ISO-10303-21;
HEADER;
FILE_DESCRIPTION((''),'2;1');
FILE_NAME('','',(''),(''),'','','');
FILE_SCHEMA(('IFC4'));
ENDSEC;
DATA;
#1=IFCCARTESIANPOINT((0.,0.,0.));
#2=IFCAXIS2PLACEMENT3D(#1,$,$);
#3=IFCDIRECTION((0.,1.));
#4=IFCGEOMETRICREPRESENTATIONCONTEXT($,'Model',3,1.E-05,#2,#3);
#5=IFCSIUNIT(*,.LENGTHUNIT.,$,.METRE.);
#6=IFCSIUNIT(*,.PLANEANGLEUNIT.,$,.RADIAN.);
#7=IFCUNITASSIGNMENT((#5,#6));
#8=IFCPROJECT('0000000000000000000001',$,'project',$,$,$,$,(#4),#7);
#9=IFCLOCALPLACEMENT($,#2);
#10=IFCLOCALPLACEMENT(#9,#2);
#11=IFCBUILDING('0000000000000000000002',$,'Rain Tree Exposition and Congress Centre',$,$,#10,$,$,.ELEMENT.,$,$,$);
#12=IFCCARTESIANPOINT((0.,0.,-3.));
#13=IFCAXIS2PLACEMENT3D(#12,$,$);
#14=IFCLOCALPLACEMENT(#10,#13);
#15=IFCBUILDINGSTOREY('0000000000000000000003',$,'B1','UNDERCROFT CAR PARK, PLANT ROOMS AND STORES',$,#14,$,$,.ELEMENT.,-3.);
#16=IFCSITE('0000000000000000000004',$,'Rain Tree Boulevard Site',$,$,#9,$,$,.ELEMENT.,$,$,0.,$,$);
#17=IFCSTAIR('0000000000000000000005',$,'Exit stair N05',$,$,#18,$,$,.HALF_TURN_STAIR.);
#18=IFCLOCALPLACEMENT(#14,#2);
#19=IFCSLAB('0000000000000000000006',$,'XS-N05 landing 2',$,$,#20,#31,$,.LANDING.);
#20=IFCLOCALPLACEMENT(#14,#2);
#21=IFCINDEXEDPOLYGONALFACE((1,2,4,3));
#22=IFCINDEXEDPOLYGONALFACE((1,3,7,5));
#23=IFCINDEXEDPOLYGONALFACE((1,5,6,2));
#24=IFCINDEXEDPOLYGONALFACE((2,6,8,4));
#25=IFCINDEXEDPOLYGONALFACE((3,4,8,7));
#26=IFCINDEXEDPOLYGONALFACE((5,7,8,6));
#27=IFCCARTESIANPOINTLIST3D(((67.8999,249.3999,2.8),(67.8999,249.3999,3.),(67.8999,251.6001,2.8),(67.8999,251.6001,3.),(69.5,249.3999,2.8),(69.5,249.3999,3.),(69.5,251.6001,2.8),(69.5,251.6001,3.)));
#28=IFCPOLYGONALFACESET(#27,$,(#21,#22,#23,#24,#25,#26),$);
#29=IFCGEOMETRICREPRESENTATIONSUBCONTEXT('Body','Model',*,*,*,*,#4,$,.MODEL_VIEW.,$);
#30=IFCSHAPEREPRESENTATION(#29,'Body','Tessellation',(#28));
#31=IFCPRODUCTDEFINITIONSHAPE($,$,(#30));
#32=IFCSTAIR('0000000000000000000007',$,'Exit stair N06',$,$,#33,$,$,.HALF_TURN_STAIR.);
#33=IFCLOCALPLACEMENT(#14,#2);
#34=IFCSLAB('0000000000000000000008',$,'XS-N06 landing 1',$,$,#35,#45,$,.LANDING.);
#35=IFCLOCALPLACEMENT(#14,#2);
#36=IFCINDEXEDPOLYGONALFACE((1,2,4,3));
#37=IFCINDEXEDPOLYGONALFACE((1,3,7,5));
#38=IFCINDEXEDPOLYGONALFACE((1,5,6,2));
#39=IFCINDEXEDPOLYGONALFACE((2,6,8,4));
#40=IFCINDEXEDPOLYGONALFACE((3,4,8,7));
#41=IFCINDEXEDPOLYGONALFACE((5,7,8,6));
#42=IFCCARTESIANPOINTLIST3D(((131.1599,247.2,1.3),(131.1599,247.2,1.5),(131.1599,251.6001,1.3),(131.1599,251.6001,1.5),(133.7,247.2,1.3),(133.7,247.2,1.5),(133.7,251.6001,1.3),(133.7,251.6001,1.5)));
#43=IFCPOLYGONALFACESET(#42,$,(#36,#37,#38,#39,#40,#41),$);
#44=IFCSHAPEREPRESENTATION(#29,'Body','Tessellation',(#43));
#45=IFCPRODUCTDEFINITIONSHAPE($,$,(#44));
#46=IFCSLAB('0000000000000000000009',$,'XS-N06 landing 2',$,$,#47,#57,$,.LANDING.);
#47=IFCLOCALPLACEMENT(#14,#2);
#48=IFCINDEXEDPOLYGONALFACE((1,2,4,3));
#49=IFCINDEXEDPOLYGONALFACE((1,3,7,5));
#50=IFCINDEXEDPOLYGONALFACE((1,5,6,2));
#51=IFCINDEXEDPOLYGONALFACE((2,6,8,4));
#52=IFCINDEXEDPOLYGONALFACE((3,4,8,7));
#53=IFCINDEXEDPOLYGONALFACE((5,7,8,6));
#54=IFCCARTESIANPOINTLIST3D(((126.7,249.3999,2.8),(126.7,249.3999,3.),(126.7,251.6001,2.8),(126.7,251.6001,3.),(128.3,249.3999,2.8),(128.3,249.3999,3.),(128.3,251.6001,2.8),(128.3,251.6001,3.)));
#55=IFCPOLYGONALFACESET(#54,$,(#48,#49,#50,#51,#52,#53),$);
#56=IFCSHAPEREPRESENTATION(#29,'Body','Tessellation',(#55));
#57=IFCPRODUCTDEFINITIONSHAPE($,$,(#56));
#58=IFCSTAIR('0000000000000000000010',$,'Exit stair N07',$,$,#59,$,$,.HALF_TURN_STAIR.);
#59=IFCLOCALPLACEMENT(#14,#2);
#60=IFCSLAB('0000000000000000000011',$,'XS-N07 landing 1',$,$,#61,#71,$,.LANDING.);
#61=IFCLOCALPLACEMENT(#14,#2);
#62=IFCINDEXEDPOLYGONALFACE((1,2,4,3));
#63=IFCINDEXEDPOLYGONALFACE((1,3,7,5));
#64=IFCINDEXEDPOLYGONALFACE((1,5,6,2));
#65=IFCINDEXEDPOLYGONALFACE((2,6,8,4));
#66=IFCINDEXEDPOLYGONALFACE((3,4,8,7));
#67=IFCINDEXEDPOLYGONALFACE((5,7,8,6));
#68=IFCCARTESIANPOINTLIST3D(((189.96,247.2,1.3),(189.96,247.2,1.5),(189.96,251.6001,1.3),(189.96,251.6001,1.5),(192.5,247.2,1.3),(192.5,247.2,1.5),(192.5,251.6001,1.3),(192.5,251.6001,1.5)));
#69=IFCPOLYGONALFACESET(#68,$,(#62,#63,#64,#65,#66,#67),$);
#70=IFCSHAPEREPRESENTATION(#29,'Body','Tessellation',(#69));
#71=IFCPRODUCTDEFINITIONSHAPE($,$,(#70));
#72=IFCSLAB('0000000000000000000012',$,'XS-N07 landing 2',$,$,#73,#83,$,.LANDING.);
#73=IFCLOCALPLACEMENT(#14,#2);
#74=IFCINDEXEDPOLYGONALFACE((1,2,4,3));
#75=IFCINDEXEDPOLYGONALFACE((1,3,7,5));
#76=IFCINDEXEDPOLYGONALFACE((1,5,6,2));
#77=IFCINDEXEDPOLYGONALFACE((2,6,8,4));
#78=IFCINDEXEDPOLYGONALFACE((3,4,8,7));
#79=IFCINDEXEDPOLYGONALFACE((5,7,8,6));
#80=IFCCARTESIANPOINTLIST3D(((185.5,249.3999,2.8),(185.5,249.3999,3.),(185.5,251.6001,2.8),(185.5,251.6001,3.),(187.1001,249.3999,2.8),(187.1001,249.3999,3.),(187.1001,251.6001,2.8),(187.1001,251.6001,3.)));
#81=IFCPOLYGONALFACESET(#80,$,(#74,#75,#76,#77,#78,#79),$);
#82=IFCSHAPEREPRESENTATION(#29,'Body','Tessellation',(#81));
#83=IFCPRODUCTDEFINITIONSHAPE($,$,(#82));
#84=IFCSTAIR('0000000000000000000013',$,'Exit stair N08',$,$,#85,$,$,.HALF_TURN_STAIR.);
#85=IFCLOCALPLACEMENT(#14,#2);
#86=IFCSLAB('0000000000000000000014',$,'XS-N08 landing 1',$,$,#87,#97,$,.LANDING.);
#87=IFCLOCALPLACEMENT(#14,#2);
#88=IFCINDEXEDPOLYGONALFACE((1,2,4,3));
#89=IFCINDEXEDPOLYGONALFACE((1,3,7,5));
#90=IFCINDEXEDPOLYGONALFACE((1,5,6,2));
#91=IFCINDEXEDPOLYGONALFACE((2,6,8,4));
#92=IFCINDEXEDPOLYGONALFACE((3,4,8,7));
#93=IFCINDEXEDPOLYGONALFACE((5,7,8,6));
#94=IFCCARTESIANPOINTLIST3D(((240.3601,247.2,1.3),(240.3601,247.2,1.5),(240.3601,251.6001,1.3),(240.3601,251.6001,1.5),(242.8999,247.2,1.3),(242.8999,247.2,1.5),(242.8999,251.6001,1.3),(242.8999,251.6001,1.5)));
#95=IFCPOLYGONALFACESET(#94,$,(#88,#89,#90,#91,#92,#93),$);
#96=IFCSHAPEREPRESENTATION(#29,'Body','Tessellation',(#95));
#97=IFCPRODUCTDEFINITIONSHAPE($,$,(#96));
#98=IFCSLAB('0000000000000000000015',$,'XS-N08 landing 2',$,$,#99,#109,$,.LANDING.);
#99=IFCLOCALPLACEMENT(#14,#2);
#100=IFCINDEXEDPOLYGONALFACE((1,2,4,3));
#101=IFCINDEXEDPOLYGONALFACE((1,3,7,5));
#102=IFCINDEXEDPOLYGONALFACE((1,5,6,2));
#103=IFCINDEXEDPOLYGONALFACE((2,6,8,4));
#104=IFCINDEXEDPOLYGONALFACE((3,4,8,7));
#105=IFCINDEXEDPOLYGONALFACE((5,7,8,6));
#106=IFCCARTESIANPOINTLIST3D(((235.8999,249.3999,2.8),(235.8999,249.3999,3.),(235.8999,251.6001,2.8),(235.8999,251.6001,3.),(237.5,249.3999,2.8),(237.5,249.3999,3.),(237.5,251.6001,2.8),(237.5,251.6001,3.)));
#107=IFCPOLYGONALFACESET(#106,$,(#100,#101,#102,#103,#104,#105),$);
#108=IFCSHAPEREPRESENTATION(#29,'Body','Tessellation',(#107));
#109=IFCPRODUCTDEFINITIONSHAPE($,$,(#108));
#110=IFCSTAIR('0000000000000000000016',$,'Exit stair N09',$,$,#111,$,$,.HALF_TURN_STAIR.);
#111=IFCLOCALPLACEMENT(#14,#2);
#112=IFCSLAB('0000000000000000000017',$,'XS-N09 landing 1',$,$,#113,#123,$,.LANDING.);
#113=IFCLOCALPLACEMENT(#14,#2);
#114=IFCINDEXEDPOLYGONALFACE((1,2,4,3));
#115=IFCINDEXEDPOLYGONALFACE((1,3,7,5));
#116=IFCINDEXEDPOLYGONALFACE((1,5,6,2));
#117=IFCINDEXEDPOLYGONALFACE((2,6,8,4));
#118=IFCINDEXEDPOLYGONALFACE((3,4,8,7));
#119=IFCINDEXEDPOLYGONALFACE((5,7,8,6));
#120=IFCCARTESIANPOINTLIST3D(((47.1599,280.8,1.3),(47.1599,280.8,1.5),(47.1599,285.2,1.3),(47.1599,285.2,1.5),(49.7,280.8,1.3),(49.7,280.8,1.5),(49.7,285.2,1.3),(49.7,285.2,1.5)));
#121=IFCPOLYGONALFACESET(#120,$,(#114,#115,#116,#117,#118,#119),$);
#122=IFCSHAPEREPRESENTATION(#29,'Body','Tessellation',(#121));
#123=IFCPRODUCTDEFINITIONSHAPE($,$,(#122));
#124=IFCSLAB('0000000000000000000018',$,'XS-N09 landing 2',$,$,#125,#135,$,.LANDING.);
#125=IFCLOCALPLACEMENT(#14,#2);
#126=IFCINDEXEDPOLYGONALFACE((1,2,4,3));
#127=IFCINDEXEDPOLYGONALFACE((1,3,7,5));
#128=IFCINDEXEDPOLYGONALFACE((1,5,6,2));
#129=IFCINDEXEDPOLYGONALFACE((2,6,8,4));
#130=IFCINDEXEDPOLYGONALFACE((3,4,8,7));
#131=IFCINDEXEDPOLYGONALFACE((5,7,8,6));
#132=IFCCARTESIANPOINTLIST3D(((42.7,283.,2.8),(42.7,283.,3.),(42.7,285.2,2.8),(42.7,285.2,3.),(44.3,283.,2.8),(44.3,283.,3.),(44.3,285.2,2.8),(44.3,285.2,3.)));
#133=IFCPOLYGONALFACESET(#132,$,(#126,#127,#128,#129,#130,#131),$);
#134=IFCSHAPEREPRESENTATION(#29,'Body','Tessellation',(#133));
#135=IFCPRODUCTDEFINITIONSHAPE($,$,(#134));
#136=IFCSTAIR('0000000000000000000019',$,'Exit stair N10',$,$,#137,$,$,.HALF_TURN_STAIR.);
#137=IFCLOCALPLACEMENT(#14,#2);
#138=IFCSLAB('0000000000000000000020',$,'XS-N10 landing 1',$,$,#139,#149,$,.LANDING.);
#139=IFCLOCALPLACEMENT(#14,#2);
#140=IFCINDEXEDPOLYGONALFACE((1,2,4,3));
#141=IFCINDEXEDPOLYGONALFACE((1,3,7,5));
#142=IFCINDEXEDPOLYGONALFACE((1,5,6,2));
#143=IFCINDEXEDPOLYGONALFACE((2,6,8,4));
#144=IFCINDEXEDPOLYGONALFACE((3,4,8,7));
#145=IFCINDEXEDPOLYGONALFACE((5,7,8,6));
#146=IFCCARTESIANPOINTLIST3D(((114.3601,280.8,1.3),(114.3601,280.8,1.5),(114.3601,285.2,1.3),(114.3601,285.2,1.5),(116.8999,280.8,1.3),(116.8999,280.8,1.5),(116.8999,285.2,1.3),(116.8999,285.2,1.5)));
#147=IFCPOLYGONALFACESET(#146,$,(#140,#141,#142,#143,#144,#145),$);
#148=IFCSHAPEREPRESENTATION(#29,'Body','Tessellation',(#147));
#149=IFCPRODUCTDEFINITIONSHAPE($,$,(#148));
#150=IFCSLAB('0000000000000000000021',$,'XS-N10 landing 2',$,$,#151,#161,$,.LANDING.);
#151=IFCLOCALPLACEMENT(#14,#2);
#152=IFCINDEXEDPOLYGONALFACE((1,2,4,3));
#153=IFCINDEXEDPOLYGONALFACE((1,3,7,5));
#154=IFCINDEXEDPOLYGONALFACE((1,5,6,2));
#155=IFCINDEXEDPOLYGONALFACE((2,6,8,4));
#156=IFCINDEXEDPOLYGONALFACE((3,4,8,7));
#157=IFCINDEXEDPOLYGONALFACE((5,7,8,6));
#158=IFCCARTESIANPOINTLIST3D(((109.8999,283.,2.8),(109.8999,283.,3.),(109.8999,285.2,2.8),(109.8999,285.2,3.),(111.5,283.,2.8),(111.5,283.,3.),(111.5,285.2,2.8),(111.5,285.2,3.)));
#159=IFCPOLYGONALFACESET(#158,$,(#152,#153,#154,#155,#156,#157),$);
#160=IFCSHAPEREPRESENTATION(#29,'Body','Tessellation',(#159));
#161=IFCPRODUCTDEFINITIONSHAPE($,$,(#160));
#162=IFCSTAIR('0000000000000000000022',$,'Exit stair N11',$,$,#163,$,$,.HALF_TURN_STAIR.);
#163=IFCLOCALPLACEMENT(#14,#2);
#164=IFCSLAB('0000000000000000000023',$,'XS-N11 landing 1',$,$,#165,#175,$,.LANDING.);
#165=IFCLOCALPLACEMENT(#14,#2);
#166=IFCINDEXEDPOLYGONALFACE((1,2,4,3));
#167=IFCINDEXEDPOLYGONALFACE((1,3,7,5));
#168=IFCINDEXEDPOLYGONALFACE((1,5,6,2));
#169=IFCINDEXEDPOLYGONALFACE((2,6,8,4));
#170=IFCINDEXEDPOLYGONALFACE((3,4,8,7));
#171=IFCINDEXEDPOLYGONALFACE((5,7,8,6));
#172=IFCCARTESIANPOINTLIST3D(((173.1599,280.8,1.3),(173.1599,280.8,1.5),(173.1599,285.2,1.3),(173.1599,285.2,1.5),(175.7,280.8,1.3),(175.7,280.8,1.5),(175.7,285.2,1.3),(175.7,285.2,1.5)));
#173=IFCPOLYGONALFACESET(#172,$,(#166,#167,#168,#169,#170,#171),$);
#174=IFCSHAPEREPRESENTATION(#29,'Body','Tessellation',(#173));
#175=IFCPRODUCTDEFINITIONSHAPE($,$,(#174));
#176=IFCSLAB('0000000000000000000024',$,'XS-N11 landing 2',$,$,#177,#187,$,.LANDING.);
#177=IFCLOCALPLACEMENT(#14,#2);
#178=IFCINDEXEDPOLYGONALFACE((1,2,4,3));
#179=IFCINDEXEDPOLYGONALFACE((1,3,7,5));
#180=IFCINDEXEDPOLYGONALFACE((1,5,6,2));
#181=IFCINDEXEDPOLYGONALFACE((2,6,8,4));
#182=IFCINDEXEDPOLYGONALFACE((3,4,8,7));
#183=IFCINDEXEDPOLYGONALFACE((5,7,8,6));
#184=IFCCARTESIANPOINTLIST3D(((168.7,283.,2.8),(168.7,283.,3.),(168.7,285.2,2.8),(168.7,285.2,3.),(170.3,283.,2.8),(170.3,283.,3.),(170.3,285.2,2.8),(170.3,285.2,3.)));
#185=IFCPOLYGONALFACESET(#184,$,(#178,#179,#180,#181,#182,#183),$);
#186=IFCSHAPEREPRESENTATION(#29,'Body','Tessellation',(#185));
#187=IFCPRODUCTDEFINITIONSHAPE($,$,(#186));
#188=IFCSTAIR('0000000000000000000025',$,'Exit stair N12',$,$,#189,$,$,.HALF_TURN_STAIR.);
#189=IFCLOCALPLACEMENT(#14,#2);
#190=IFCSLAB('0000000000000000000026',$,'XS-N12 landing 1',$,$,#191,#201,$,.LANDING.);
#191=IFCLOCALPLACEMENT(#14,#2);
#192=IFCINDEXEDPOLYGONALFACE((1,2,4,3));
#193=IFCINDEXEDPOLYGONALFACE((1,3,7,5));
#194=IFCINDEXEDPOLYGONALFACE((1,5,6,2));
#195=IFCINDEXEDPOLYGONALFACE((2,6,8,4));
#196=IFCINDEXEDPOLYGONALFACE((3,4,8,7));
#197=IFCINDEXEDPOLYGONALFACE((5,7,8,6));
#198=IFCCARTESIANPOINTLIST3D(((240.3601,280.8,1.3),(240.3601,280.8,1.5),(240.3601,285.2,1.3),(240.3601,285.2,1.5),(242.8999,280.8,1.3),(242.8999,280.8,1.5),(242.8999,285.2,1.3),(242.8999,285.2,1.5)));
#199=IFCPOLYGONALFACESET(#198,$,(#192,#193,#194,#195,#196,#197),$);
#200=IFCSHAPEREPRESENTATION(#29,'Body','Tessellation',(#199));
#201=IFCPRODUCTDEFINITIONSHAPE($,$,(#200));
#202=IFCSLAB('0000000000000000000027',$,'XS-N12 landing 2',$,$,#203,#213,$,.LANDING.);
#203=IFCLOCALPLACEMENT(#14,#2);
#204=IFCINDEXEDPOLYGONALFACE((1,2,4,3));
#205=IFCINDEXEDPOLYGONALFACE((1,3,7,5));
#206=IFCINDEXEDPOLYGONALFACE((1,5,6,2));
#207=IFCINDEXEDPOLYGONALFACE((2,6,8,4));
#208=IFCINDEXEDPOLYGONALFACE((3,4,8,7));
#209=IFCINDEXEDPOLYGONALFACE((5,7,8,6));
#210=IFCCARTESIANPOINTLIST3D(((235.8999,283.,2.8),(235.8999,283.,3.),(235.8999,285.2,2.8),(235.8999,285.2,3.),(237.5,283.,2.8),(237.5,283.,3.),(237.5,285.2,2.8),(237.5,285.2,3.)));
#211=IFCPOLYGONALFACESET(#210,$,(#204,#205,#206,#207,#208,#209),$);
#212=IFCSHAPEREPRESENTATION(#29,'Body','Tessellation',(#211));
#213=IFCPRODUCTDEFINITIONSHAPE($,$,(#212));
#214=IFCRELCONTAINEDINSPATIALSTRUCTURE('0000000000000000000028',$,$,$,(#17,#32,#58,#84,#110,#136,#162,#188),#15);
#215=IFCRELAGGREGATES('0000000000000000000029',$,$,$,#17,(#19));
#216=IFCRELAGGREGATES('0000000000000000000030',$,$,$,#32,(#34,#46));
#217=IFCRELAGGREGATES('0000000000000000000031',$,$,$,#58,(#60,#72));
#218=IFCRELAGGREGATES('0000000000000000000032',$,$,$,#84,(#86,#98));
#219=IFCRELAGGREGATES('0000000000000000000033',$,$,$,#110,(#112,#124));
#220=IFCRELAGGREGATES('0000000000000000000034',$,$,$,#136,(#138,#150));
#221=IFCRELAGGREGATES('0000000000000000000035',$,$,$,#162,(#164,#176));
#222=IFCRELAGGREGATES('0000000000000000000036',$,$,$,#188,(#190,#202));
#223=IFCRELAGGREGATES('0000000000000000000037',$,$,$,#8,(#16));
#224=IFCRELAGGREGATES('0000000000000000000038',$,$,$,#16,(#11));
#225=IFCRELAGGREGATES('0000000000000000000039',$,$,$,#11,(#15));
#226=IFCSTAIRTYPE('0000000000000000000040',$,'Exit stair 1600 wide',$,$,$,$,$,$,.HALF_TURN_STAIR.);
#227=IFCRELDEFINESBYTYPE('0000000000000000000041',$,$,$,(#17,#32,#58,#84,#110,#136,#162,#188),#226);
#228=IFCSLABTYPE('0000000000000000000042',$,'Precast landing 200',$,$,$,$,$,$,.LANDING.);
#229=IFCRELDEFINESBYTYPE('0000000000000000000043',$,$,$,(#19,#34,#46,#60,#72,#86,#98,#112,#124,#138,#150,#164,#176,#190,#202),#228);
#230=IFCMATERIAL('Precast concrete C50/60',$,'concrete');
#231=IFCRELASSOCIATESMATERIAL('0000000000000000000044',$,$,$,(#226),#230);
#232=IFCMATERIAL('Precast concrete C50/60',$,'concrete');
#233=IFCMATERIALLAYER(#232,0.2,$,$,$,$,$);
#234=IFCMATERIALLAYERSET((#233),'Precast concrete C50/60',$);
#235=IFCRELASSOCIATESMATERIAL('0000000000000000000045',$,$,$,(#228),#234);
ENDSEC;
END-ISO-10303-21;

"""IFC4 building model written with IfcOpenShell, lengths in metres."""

from ifc_helpers import new_model, si_unit, direction, frame, origin, place, context, subcontext, project, spatial, polyline, outline, extrude, material, layer, layer_set, type_object, element, aggregate, save


model = new_model("IFC4")

# Units and contexts
model_context = context("Model", 3, precision=1e-05, world=origin(), true_north=direction((0.0, 1.0)))
body_context = subcontext(model_context, "Body", "Model", "MODEL_VIEW")
ifc_project = project(units=[si_unit("LENGTHUNIT", "METRE"), si_unit("PLANEANGLEUNIT", "RADIAN")], contexts=[model_context])

# Site, building, storey
site_placement = place(None, origin())
site = spatial("IfcSite", under=ifc_project, at=site_placement, Name="Rain Tree Boulevard Site", CompositionType="ELEMENT", RefElevation=0.0)
building_placement = place(site_placement, origin())
building = spatial("IfcBuilding", under=site, at=building_placement, Name="Rain Tree Exposition and Congress Centre", CompositionType="ELEMENT")
storey_placement = place(building_placement, frame((0.0, 0.0, -3.0)))
storey = spatial("IfcBuildingStorey", under=building, at=storey_placement, Name="B1", Description="UNDERCROFT CAR PARK, PLANT ROOMS AND STORES", CompositionType="ELEMENT", Elevation=-3.0)

# Shared definitions
ifc_material_1 = material(Name="Precast concrete C50/60", Category="concrete")
stair_type = type_object("IfcStairType", Name="Exit stair 1600 wide", PredefinedType="HALF_TURN_STAIR", material=ifc_material_1)
ifc_material_2 = material(Name="Precast concrete C50/60", Category="concrete")
ifc_layer_1 = layer(ifc_material_2, 0.2)
ifc_layer_set_1 = layer_set([ifc_layer_1], Name="Precast concrete C50/60")
slab_type_1 = type_object("IfcSlabType", Name="Precast landing 200", PredefinedType="LANDING", material=ifc_layer_set_1)

# Stairs, slabs
stair_1_placement = place(storey_placement, origin())
stair_1 = element("IfcStair", 1, at=stair_1_placement, inside=storey, type_object=stair_type, Name="Exit stair N05", PredefinedType="HALF_TURN_STAIR")
slab_1_placement = place(storey_placement, frame((0.0, 0.0, 2.8)))
slab_1 = element("IfcSlab", 2, at=slab_1_placement, type_object=slab_type_1, Name="XS-N05 landing 2", PredefinedType="LANDING", context=body_context, shape_type="SweptSolid", body=[
    extrude(outline(polyline([(67.8999, 249.3999), (69.5, 249.3999), (69.5, 251.6001), (67.8999, 251.6001), (67.8999, 249.3999)])), origin(), (0.0, 0.0, 1.0), 0.2),
])
aggregate(stair_1, [slab_1])
stair_2_placement = place(storey_placement, origin())
stair_2 = element("IfcStair", 3, at=stair_2_placement, inside=storey, type_object=stair_type, Name="Exit stair N06", PredefinedType="HALF_TURN_STAIR")
slab_2_placement = place(storey_placement, frame((0.0, 0.0, 1.3)))
slab_2 = element("IfcSlab", 4, at=slab_2_placement, type_object=slab_type_1, Name="XS-N06 landing 1", PredefinedType="LANDING", context=body_context, shape_type="SweptSolid", body=[
    extrude(outline(polyline([(131.1599, 247.2), (133.7, 247.2), (133.7, 251.6001), (131.1599, 251.6001), (131.1599, 247.2)])), origin(), (0.0, 0.0, 1.0), 0.2),
])
slab_3_placement = place(storey_placement, frame((0.0, 0.0, 2.8)))
slab_3 = element("IfcSlab", 5, at=slab_3_placement, type_object=slab_type_1, Name="XS-N06 landing 2", PredefinedType="LANDING", context=body_context, shape_type="SweptSolid", body=[
    extrude(outline(polyline([(126.7, 249.3999), (128.3, 249.3999), (128.3, 251.6001), (126.7, 251.6001), (126.7, 249.3999)])), origin(), (0.0, 0.0, 1.0), 0.2),
])
aggregate(stair_2, [slab_2, slab_3])
stair_3_placement = place(storey_placement, origin())
stair_3 = element("IfcStair", 6, at=stair_3_placement, inside=storey, type_object=stair_type, Name="Exit stair N07", PredefinedType="HALF_TURN_STAIR")
slab_4_placement = place(storey_placement, frame((0.0, 0.0, 1.3)))
slab_4 = element("IfcSlab", 7, at=slab_4_placement, type_object=slab_type_1, Name="XS-N07 landing 1", PredefinedType="LANDING", context=body_context, shape_type="SweptSolid", body=[
    extrude(outline(polyline([(189.96, 247.2), (192.5, 247.2), (192.5, 251.6001), (189.96, 251.6001), (189.96, 247.2)])), origin(), (0.0, 0.0, 1.0), 0.2),
])
slab_5_placement = place(storey_placement, frame((0.0, 0.0, 2.8)))
slab_5 = element("IfcSlab", 8, at=slab_5_placement, type_object=slab_type_1, Name="XS-N07 landing 2", PredefinedType="LANDING", context=body_context, shape_type="SweptSolid", body=[
    extrude(outline(polyline([(185.5, 249.3999), (187.1001, 249.3999), (187.1001, 251.6001), (185.5, 251.6001), (185.5, 249.3999)])), origin(), (0.0, 0.0, 1.0), 0.2),
])
aggregate(stair_3, [slab_4, slab_5])
stair_4_placement = place(storey_placement, origin())
stair_4 = element("IfcStair", 9, at=stair_4_placement, inside=storey, type_object=stair_type, Name="Exit stair N08", PredefinedType="HALF_TURN_STAIR")
slab_6_placement = place(storey_placement, frame((0.0, 0.0, 1.3)))
slab_6 = element("IfcSlab", 10, at=slab_6_placement, type_object=slab_type_1, Name="XS-N08 landing 1", PredefinedType="LANDING", context=body_context, shape_type="SweptSolid", body=[
    extrude(outline(polyline([(240.3601, 247.2), (242.8999, 247.2), (242.8999, 251.6001), (240.3601, 251.6001), (240.3601, 247.2)])), origin(), (0.0, 0.0, 1.0), 0.2),
])
slab_7_placement = place(storey_placement, frame((0.0, 0.0, 2.8)))
slab_7 = element("IfcSlab", 11, at=slab_7_placement, type_object=slab_type_1, Name="XS-N08 landing 2", PredefinedType="LANDING", context=body_context, shape_type="SweptSolid", body=[
    extrude(outline(polyline([(235.8999, 249.3999), (237.5, 249.3999), (237.5, 251.6001), (235.8999, 251.6001), (235.8999, 249.3999)])), origin(), (0.0, 0.0, 1.0), 0.2),
])
aggregate(stair_4, [slab_6, slab_7])
stair_5_placement = place(storey_placement, origin())
stair_5 = element("IfcStair", 12, at=stair_5_placement, inside=storey, type_object=stair_type, Name="Exit stair N09", PredefinedType="HALF_TURN_STAIR")
slab_8_placement = place(storey_placement, frame((0.0, 0.0, 1.3)))
slab_8 = element("IfcSlab", 13, at=slab_8_placement, type_object=slab_type_1, Name="XS-N09 landing 1", PredefinedType="LANDING", context=body_context, shape_type="SweptSolid", body=[
    extrude(outline(polyline([(47.1599, 280.8), (49.7, 280.8), (49.7, 285.2), (47.1599, 285.2), (47.1599, 280.8)])), origin(), (0.0, 0.0, 1.0), 0.2),
])
slab_9_placement = place(storey_placement, frame((0.0, 0.0, 2.8)))
slab_9 = element("IfcSlab", 14, at=slab_9_placement, type_object=slab_type_1, Name="XS-N09 landing 2", PredefinedType="LANDING", context=body_context, shape_type="SweptSolid", body=[
    extrude(outline(polyline([(42.7, 283.0), (44.3, 283.0), (44.3, 285.2), (42.7, 285.2), (42.7, 283.0)])), origin(), (0.0, 0.0, 1.0), 0.2),
])
aggregate(stair_5, [slab_8, slab_9])
stair_6_placement = place(storey_placement, origin())
stair_6 = element("IfcStair", 15, at=stair_6_placement, inside=storey, type_object=stair_type, Name="Exit stair N10", PredefinedType="HALF_TURN_STAIR")
slab_10_placement = place(storey_placement, frame((0.0, 0.0, 1.3)))
slab_10 = element("IfcSlab", 16, at=slab_10_placement, type_object=slab_type_1, Name="XS-N10 landing 1", PredefinedType="LANDING", context=body_context, shape_type="SweptSolid", body=[
    extrude(outline(polyline([(114.3601, 280.8), (116.8999, 280.8), (116.8999, 285.2), (114.3601, 285.2), (114.3601, 280.8)])), origin(), (0.0, 0.0, 1.0), 0.2),
])
slab_11_placement = place(storey_placement, frame((0.0, 0.0, 2.8)))
slab_11 = element("IfcSlab", 17, at=slab_11_placement, type_object=slab_type_1, Name="XS-N10 landing 2", PredefinedType="LANDING", context=body_context, shape_type="SweptSolid", body=[
    extrude(outline(polyline([(109.8999, 283.0), (111.5, 283.0), (111.5, 285.2), (109.8999, 285.2), (109.8999, 283.0)])), origin(), (0.0, 0.0, 1.0), 0.2),
])
aggregate(stair_6, [slab_10, slab_11])
stair_7_placement = place(storey_placement, origin())
stair_7 = element("IfcStair", 18, at=stair_7_placement, inside=storey, type_object=stair_type, Name="Exit stair N11", PredefinedType="HALF_TURN_STAIR")
slab_12_placement = place(storey_placement, frame((0.0, 0.0, 1.3)))
slab_12 = element("IfcSlab", 19, at=slab_12_placement, type_object=slab_type_1, Name="XS-N11 landing 1", PredefinedType="LANDING", context=body_context, shape_type="SweptSolid", body=[
    extrude(outline(polyline([(173.1599, 280.8), (175.7, 280.8), (175.7, 285.2), (173.1599, 285.2), (173.1599, 280.8)])), origin(), (0.0, 0.0, 1.0), 0.2),
])
slab_13_placement = place(storey_placement, frame((0.0, 0.0, 2.8)))
slab_13 = element("IfcSlab", 20, at=slab_13_placement, type_object=slab_type_1, Name="XS-N11 landing 2", PredefinedType="LANDING", context=body_context, shape_type="SweptSolid", body=[
    extrude(outline(polyline([(168.7, 283.0), (170.3, 283.0), (170.3, 285.2), (168.7, 285.2), (168.7, 283.0)])), origin(), (0.0, 0.0, 1.0), 0.2),
])
aggregate(stair_7, [slab_12, slab_13])
stair_8_placement = place(storey_placement, origin())
stair_8 = element("IfcStair", 21, at=stair_8_placement, inside=storey, type_object=stair_type, Name="Exit stair N12", PredefinedType="HALF_TURN_STAIR")
slab_14_placement = place(storey_placement, frame((0.0, 0.0, 1.3)))
slab_14 = element("IfcSlab", 22, at=slab_14_placement, type_object=slab_type_1, Name="XS-N12 landing 1", PredefinedType="LANDING", context=body_context, shape_type="SweptSolid", body=[
    extrude(outline(polyline([(240.3601, 280.8), (242.8999, 280.8), (242.8999, 285.2), (240.3601, 285.2), (240.3601, 280.8)])), origin(), (0.0, 0.0, 1.0), 0.2),
])
slab_15_placement = place(storey_placement, frame((0.0, 0.0, 2.8)))
slab_15 = element("IfcSlab", 23, at=slab_15_placement, type_object=slab_type_1, Name="XS-N12 landing 2", PredefinedType="LANDING", context=body_context, shape_type="SweptSolid", body=[
    extrude(outline(polyline([(235.8999, 283.0), (237.5, 283.0), (237.5, 285.2), (235.8999, 285.2), (235.8999, 283.0)])), origin(), (0.0, 0.0, 1.0), 0.2),
])
aggregate(stair_8, [slab_14, slab_15])

save(model, "model.ifc")
